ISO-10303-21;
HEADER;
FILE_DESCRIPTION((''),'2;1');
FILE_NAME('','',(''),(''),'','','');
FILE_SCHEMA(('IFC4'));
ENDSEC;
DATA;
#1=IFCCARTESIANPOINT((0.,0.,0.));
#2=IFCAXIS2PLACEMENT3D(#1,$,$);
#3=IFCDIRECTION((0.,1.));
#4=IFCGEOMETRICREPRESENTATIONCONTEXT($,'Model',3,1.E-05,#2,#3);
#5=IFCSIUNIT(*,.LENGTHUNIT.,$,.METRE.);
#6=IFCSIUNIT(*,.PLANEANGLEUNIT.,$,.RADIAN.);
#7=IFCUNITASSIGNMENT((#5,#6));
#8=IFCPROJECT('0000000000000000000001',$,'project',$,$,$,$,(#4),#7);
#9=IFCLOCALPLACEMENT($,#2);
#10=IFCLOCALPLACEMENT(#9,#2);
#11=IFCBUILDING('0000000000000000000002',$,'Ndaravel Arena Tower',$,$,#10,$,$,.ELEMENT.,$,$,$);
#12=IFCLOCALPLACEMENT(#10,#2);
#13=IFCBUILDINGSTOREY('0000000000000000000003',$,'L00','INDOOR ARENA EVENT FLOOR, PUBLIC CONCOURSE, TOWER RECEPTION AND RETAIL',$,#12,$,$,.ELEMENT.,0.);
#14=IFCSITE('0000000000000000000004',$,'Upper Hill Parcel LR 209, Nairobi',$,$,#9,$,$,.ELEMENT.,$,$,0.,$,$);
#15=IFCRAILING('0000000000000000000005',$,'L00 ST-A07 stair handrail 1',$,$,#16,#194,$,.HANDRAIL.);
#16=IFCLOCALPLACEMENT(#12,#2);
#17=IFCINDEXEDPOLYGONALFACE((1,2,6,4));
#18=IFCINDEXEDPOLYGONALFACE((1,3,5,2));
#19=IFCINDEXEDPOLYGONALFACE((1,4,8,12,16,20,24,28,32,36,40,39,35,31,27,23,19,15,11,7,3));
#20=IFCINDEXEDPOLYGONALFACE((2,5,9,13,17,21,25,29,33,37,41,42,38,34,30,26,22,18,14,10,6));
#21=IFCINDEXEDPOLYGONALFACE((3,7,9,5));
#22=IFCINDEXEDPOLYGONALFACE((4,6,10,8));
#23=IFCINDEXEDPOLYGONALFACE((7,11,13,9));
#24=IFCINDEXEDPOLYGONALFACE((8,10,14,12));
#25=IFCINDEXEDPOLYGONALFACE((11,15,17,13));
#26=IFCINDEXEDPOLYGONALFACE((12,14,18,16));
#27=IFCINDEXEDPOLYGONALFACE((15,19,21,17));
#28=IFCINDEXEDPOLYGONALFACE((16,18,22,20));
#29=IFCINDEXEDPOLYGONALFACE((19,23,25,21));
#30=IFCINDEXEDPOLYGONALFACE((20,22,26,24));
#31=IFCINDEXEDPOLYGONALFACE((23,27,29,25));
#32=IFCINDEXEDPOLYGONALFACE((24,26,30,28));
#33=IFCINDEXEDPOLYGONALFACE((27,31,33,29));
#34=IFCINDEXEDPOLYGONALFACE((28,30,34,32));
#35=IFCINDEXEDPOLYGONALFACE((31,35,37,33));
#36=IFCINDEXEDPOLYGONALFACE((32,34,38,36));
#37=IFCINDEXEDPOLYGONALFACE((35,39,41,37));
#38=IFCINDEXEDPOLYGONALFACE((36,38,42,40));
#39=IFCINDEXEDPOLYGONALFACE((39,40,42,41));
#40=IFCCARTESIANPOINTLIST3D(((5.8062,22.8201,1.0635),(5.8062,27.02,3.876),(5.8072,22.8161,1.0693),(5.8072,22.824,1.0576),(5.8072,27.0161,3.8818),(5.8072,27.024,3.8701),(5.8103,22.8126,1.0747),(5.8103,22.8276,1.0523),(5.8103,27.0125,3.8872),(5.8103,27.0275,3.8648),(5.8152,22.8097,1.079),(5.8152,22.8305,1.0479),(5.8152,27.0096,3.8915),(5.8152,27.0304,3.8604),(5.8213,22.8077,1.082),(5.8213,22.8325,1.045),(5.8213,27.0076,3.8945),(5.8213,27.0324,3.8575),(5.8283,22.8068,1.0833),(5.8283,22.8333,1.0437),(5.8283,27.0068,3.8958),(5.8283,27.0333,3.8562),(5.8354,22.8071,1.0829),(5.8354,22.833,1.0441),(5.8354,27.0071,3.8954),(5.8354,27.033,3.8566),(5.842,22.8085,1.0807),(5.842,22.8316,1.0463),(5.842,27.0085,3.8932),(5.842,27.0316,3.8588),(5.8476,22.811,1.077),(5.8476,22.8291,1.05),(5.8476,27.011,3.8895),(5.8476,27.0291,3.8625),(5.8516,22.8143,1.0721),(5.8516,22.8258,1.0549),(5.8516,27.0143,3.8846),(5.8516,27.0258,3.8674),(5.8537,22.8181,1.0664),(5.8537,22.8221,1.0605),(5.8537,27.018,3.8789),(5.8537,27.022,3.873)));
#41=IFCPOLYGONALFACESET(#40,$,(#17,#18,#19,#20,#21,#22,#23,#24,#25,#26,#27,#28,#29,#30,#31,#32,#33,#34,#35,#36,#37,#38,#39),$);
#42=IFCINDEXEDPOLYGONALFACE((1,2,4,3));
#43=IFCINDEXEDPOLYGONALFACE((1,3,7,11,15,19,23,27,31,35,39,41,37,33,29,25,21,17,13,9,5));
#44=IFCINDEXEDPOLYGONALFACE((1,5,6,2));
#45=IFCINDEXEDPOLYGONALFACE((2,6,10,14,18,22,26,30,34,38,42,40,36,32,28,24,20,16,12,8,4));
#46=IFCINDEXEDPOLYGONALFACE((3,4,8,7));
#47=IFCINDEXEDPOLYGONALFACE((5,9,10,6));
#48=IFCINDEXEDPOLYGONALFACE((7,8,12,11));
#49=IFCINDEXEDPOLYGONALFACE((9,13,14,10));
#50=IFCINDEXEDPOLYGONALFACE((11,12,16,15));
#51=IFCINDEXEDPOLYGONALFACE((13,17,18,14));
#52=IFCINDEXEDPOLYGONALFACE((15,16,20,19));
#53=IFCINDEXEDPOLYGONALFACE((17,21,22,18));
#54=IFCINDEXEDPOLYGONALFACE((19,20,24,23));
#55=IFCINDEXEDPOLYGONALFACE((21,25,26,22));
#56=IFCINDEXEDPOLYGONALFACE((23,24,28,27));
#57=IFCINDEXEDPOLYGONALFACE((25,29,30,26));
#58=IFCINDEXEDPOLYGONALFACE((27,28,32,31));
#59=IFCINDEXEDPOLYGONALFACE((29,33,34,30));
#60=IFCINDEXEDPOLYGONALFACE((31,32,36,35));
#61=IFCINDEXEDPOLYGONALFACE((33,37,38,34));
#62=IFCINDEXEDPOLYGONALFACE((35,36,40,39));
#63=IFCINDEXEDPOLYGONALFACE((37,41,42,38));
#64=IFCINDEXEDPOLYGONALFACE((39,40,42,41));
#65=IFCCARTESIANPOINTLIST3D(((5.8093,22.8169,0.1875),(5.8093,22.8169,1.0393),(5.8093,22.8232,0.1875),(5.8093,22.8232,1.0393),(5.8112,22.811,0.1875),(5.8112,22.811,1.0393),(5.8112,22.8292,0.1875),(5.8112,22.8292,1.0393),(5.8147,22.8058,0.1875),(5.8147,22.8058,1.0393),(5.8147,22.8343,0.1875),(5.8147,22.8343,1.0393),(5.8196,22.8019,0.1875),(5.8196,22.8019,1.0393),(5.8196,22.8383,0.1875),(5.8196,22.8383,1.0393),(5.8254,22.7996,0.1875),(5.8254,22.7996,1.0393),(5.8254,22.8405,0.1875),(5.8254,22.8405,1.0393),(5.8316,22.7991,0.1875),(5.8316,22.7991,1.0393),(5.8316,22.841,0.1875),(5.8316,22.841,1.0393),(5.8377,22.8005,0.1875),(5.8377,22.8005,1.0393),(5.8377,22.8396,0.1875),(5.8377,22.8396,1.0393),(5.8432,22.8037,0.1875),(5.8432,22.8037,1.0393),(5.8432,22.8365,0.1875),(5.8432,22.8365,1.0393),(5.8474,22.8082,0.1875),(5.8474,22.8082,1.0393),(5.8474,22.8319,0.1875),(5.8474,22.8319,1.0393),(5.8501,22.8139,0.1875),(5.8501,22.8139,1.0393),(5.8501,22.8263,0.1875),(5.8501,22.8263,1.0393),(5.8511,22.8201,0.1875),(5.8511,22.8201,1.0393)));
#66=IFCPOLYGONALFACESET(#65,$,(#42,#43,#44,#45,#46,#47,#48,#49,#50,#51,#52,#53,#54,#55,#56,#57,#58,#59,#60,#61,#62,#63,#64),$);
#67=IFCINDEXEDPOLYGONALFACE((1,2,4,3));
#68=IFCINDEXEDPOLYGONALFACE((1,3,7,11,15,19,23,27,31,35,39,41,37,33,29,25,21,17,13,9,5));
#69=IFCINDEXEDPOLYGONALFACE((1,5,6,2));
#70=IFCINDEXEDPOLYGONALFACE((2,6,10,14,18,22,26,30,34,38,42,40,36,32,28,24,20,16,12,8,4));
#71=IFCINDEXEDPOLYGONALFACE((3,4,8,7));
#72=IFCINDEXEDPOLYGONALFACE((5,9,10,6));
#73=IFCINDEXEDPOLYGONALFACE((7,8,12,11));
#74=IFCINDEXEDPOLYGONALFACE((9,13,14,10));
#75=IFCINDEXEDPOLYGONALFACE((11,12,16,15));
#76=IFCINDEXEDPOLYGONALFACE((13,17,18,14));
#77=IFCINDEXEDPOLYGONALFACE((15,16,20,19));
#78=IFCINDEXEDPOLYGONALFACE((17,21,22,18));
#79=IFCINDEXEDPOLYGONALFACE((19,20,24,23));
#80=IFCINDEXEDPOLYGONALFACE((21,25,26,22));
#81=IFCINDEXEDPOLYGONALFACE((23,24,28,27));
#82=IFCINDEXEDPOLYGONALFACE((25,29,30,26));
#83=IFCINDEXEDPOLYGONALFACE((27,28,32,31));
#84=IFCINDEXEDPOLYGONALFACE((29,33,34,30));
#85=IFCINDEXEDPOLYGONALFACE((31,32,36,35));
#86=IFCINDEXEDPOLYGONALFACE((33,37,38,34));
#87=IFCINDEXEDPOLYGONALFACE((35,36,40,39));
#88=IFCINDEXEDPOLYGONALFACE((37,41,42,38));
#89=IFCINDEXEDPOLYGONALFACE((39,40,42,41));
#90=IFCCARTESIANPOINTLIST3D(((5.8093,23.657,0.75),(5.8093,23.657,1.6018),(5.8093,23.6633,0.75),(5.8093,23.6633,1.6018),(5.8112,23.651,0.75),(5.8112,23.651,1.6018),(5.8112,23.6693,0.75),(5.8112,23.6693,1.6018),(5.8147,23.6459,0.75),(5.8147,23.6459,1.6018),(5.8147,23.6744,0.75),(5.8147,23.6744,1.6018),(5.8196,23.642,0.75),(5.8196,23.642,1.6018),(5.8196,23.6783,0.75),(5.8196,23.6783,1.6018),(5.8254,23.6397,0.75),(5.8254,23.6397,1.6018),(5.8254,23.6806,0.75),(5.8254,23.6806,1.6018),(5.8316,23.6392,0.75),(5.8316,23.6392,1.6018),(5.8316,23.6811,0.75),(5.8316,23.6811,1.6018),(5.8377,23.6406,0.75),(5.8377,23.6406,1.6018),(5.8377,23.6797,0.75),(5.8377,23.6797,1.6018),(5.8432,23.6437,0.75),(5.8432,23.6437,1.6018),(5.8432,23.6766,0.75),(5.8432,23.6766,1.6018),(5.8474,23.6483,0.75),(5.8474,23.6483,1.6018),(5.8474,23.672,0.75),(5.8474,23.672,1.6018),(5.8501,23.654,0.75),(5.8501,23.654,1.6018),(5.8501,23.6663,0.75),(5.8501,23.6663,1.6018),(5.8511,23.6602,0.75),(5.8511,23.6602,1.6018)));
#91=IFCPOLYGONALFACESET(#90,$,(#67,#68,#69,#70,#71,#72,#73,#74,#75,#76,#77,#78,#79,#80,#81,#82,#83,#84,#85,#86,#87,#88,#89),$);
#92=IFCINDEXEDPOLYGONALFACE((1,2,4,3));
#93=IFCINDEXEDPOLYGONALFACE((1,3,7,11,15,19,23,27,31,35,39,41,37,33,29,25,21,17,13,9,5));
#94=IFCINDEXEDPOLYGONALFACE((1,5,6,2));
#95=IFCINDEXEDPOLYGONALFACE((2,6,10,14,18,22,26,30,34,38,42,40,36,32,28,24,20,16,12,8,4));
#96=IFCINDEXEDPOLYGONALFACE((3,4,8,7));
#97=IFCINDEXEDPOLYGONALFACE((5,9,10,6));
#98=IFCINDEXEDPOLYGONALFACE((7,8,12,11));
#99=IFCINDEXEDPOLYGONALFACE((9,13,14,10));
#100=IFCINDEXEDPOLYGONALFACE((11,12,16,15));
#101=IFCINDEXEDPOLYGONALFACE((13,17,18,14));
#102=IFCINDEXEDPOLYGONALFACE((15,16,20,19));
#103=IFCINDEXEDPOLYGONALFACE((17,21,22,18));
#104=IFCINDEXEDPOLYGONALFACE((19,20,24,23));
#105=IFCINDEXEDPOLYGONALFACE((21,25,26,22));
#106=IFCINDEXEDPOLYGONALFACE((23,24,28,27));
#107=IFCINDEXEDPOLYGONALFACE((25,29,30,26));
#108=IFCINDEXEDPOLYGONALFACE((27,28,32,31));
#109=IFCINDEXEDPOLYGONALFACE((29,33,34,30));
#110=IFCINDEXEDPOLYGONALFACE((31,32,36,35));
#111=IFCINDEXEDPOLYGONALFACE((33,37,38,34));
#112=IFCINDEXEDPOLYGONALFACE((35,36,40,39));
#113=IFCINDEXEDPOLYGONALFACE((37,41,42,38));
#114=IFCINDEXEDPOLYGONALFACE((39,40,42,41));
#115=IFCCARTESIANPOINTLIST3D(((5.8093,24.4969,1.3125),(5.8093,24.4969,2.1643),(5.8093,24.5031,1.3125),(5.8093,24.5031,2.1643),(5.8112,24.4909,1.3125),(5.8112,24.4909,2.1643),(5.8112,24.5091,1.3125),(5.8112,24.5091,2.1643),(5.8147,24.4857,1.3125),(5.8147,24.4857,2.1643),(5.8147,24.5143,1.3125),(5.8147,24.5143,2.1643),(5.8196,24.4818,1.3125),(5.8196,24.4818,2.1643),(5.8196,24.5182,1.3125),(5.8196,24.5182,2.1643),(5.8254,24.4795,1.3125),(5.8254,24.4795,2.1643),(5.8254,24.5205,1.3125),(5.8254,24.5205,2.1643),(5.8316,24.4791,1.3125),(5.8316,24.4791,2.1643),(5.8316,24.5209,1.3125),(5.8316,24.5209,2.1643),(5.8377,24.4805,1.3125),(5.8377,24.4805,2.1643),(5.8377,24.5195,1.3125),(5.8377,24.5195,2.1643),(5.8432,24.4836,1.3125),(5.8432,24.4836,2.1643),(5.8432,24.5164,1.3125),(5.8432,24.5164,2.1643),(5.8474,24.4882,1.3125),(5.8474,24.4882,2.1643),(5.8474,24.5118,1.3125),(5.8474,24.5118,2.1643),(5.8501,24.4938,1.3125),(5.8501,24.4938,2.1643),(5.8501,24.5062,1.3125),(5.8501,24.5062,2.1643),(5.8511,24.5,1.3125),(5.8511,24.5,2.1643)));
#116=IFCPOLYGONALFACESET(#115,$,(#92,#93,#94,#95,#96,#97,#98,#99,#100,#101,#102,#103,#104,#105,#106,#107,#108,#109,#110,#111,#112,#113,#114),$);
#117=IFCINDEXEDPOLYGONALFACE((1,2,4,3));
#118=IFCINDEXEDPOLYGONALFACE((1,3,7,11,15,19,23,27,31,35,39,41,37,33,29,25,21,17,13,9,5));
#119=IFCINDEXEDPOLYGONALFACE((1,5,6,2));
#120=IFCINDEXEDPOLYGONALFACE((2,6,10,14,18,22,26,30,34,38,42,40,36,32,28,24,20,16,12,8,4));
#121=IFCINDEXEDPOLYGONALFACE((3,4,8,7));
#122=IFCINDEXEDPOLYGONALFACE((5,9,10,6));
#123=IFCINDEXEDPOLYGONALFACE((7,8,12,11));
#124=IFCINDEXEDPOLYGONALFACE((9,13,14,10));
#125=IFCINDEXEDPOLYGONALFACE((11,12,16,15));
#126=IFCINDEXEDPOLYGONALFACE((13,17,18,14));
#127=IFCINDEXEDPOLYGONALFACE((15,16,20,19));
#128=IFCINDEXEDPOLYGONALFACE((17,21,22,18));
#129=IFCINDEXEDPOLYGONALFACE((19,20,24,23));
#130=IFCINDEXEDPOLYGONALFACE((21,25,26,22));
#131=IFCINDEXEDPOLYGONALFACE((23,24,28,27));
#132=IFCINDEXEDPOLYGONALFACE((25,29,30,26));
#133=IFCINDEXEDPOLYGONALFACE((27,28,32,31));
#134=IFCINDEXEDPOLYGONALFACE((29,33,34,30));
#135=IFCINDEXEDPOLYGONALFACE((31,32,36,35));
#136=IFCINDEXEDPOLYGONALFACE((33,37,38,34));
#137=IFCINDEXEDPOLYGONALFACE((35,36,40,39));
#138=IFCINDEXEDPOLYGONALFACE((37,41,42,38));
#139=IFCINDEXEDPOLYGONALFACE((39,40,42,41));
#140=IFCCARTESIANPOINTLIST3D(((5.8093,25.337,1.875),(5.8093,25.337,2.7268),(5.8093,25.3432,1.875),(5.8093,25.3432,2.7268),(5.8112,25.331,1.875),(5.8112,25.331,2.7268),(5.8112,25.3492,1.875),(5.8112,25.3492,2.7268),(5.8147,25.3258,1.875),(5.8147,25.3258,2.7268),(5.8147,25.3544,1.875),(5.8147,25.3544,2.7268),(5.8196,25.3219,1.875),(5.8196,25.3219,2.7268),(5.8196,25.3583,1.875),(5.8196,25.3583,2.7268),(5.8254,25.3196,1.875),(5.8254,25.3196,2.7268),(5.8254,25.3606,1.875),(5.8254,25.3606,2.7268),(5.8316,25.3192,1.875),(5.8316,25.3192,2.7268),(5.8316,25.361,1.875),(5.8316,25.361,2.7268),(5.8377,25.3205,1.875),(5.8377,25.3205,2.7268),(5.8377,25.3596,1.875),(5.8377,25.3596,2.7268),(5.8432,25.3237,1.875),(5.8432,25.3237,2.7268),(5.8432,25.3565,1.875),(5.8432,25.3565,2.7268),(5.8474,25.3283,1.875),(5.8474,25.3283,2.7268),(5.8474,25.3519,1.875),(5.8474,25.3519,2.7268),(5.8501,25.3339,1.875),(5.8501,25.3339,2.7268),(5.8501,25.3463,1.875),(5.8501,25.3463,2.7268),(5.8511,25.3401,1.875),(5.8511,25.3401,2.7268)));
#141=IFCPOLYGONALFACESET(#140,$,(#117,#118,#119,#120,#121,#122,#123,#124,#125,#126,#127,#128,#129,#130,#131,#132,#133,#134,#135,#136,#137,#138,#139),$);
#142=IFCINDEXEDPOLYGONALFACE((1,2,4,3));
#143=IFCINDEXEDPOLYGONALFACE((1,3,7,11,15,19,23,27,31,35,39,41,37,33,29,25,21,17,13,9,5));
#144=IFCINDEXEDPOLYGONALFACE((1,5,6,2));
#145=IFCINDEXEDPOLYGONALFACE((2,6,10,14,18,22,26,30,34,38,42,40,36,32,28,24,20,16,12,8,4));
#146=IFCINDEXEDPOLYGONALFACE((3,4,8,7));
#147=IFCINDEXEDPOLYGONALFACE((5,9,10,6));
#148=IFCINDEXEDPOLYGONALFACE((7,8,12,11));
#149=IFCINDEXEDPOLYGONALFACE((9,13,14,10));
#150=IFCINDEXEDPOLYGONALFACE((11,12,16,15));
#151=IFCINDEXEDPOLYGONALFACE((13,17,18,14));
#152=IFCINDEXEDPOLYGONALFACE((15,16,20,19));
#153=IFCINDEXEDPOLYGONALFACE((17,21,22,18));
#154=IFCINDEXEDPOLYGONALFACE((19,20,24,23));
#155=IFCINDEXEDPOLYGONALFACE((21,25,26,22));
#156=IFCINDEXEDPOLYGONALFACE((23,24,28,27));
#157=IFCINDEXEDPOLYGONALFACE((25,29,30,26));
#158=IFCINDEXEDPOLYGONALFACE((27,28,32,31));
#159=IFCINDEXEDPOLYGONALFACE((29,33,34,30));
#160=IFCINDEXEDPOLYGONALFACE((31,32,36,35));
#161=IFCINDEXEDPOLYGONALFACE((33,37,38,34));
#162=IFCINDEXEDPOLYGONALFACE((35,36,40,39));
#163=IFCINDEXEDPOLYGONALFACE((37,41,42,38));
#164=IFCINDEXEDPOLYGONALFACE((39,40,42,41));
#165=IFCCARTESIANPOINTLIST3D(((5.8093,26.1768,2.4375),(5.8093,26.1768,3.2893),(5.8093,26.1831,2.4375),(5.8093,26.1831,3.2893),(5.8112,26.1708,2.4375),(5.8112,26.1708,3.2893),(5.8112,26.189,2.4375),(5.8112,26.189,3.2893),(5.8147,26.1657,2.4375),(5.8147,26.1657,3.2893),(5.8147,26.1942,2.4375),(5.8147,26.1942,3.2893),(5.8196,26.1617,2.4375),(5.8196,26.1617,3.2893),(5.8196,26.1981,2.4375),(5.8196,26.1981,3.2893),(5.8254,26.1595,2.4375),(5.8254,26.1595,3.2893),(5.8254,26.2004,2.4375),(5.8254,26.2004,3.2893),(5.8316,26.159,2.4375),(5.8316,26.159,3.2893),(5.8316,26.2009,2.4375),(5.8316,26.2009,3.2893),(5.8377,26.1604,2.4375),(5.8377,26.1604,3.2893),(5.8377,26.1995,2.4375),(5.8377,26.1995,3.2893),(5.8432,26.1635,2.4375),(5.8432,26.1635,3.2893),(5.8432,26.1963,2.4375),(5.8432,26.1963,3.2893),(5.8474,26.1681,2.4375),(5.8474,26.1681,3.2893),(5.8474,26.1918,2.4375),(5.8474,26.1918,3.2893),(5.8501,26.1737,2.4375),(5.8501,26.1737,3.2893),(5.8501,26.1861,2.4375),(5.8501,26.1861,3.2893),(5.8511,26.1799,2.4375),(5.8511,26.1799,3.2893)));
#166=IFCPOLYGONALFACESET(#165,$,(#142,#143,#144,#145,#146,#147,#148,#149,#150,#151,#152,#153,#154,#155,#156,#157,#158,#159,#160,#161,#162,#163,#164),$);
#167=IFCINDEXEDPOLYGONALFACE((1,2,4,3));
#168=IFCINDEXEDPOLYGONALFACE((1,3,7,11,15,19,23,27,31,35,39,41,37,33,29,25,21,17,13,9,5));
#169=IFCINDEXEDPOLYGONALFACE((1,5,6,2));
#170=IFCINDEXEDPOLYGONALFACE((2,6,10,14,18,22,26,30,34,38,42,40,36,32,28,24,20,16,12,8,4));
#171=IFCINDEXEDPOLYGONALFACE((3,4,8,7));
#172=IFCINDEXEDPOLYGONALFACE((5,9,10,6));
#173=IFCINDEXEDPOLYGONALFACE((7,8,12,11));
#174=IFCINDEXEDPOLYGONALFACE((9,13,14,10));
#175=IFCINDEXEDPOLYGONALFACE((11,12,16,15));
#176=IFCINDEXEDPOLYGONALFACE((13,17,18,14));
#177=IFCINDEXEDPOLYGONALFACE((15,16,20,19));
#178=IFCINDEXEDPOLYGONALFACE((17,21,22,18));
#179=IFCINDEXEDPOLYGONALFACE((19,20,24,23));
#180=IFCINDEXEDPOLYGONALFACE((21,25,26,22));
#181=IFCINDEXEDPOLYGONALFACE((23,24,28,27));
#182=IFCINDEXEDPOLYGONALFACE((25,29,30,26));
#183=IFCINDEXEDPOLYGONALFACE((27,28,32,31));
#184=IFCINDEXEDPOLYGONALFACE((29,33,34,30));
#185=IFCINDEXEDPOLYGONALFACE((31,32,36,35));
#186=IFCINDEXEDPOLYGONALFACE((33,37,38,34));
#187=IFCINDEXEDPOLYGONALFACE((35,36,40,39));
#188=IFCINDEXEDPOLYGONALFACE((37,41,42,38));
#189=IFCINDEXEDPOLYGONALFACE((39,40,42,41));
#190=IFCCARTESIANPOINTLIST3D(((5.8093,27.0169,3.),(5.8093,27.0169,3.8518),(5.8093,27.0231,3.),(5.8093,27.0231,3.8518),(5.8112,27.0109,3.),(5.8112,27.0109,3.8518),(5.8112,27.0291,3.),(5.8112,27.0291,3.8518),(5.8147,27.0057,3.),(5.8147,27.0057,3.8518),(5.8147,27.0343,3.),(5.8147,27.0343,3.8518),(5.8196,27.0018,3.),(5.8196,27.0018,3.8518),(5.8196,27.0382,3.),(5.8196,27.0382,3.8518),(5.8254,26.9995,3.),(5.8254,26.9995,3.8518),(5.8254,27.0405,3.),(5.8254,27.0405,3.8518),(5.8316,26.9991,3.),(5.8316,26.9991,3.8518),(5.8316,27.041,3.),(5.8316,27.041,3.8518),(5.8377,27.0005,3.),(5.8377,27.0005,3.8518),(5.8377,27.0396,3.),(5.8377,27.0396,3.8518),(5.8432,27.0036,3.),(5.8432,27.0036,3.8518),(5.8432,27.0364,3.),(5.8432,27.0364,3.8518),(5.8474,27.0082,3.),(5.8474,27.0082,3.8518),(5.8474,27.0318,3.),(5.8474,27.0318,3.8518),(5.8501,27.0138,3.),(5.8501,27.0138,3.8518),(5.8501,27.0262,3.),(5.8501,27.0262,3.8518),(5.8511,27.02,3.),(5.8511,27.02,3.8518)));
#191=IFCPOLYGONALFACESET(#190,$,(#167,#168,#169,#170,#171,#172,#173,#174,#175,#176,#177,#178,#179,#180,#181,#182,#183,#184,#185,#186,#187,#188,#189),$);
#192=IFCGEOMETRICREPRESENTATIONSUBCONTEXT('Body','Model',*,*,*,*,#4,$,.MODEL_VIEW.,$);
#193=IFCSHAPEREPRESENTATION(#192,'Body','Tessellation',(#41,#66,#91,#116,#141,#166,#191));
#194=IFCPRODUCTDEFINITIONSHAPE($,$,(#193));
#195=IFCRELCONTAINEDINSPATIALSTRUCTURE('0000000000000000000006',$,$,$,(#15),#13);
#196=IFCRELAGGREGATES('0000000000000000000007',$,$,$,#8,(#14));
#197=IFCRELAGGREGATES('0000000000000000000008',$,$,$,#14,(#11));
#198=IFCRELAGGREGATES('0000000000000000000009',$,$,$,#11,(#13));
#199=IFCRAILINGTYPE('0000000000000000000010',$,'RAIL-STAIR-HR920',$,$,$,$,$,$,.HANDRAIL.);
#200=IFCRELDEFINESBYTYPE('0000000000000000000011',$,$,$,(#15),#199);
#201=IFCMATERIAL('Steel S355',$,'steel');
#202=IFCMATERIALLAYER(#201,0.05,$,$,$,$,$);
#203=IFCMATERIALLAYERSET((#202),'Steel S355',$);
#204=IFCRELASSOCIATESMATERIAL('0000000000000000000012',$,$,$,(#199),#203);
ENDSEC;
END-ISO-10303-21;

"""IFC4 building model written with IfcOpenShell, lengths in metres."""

from ifc_helpers import new_model, si_unit, direction, frame, origin, origin_2d, place, context, subcontext, project, spatial, circle, extrude, material, layer, layer_set, type_object, element, save


model = new_model("IFC4")

# Units and contexts
model_context = context("Model", 3, precision=1e-05, world=origin(), true_north=direction((0.0, 1.0)))
body_context = subcontext(model_context, "Body", "Model", "MODEL_VIEW")
ifc_project = project(units=[si_unit("LENGTHUNIT", "METRE"), si_unit("PLANEANGLEUNIT", "RADIAN")], contexts=[model_context])

# Site, building, storey
site_placement = place(None, origin())
site = spatial("IfcSite", under=ifc_project, at=site_placement, Name="Upper Hill Parcel LR 209, Nairobi", CompositionType="ELEMENT", RefElevation=0.0)
building_placement = place(site_placement, origin())
building = spatial("IfcBuilding", under=site, at=building_placement, Name="Ndaravel Arena Tower", CompositionType="ELEMENT")
storey_placement = place(building_placement, origin())
storey = spatial("IfcBuildingStorey", under=building, at=storey_placement, Name="L00", Description="INDOOR ARENA EVENT FLOOR, PUBLIC CONCOURSE, TOWER RECEPTION AND RETAIL", CompositionType="ELEMENT", Elevation=0.0)

# Railing
ifc_material_1 = material(Name="Steel S355", Category="steel")
ifc_layer_1 = layer(ifc_material_1, 0.05)
ifc_layer_set_1 = layer_set([ifc_layer_1], Name="Steel S355")
railing_type_1 = type_object("IfcRailingType", Name="RAIL-STAIR-HR920", PredefinedType="HANDRAIL", material=ifc_layer_set_1)
railing_1_placement = place(storey_placement, frame((5.8301, 22.8201, 0.1875)))
element("IfcRailing", 1, at=railing_1_placement, inside=storey, type_object=railing_type_1, Name="L00 ST-A07 stair handrail 1", PredefinedType="HANDRAIL", context=body_context, shape_type="SweptSolid", body=[
    extrude(circle(Radius=0.0239, at=origin_2d()), frame((0.0, 0.0, 0.876), z_axis=(0.0, 0.830904, 0.556416), x_axis=(-1.0, 0.0, 0.0)), (0.0, 0.0, 1.0), 5.0547),
    extrude(circle(Radius=0.021, at=origin_2d()), origin(), (0.0, 0.0, 1.0), 0.8518),
    extrude(circle(Radius=0.021, at=origin_2d()), frame((0.0, 0.8401, 0.5625)), (0.0, 0.0, 1.0), 0.8518),
    extrude(circle(Radius=0.021, at=origin_2d()), frame((0.0, 1.6799, 1.125)), (0.0, 0.0, 1.0), 0.8518),
    extrude(circle(Radius=0.021, at=origin_2d()), frame((0.0, 2.52, 1.6875)), (0.0, 0.0, 1.0), 0.8518),
    extrude(circle(Radius=0.021, at=origin_2d()), frame((0.0, 3.3599, 2.25)), (0.0, 0.0, 1.0), 0.8518),
    extrude(circle(Radius=0.021, at=origin_2d()), frame((0.0, 4.2, 2.8125)), (0.0, 0.0, 1.0), 0.8518),
])

save(model, "model.ifc")
